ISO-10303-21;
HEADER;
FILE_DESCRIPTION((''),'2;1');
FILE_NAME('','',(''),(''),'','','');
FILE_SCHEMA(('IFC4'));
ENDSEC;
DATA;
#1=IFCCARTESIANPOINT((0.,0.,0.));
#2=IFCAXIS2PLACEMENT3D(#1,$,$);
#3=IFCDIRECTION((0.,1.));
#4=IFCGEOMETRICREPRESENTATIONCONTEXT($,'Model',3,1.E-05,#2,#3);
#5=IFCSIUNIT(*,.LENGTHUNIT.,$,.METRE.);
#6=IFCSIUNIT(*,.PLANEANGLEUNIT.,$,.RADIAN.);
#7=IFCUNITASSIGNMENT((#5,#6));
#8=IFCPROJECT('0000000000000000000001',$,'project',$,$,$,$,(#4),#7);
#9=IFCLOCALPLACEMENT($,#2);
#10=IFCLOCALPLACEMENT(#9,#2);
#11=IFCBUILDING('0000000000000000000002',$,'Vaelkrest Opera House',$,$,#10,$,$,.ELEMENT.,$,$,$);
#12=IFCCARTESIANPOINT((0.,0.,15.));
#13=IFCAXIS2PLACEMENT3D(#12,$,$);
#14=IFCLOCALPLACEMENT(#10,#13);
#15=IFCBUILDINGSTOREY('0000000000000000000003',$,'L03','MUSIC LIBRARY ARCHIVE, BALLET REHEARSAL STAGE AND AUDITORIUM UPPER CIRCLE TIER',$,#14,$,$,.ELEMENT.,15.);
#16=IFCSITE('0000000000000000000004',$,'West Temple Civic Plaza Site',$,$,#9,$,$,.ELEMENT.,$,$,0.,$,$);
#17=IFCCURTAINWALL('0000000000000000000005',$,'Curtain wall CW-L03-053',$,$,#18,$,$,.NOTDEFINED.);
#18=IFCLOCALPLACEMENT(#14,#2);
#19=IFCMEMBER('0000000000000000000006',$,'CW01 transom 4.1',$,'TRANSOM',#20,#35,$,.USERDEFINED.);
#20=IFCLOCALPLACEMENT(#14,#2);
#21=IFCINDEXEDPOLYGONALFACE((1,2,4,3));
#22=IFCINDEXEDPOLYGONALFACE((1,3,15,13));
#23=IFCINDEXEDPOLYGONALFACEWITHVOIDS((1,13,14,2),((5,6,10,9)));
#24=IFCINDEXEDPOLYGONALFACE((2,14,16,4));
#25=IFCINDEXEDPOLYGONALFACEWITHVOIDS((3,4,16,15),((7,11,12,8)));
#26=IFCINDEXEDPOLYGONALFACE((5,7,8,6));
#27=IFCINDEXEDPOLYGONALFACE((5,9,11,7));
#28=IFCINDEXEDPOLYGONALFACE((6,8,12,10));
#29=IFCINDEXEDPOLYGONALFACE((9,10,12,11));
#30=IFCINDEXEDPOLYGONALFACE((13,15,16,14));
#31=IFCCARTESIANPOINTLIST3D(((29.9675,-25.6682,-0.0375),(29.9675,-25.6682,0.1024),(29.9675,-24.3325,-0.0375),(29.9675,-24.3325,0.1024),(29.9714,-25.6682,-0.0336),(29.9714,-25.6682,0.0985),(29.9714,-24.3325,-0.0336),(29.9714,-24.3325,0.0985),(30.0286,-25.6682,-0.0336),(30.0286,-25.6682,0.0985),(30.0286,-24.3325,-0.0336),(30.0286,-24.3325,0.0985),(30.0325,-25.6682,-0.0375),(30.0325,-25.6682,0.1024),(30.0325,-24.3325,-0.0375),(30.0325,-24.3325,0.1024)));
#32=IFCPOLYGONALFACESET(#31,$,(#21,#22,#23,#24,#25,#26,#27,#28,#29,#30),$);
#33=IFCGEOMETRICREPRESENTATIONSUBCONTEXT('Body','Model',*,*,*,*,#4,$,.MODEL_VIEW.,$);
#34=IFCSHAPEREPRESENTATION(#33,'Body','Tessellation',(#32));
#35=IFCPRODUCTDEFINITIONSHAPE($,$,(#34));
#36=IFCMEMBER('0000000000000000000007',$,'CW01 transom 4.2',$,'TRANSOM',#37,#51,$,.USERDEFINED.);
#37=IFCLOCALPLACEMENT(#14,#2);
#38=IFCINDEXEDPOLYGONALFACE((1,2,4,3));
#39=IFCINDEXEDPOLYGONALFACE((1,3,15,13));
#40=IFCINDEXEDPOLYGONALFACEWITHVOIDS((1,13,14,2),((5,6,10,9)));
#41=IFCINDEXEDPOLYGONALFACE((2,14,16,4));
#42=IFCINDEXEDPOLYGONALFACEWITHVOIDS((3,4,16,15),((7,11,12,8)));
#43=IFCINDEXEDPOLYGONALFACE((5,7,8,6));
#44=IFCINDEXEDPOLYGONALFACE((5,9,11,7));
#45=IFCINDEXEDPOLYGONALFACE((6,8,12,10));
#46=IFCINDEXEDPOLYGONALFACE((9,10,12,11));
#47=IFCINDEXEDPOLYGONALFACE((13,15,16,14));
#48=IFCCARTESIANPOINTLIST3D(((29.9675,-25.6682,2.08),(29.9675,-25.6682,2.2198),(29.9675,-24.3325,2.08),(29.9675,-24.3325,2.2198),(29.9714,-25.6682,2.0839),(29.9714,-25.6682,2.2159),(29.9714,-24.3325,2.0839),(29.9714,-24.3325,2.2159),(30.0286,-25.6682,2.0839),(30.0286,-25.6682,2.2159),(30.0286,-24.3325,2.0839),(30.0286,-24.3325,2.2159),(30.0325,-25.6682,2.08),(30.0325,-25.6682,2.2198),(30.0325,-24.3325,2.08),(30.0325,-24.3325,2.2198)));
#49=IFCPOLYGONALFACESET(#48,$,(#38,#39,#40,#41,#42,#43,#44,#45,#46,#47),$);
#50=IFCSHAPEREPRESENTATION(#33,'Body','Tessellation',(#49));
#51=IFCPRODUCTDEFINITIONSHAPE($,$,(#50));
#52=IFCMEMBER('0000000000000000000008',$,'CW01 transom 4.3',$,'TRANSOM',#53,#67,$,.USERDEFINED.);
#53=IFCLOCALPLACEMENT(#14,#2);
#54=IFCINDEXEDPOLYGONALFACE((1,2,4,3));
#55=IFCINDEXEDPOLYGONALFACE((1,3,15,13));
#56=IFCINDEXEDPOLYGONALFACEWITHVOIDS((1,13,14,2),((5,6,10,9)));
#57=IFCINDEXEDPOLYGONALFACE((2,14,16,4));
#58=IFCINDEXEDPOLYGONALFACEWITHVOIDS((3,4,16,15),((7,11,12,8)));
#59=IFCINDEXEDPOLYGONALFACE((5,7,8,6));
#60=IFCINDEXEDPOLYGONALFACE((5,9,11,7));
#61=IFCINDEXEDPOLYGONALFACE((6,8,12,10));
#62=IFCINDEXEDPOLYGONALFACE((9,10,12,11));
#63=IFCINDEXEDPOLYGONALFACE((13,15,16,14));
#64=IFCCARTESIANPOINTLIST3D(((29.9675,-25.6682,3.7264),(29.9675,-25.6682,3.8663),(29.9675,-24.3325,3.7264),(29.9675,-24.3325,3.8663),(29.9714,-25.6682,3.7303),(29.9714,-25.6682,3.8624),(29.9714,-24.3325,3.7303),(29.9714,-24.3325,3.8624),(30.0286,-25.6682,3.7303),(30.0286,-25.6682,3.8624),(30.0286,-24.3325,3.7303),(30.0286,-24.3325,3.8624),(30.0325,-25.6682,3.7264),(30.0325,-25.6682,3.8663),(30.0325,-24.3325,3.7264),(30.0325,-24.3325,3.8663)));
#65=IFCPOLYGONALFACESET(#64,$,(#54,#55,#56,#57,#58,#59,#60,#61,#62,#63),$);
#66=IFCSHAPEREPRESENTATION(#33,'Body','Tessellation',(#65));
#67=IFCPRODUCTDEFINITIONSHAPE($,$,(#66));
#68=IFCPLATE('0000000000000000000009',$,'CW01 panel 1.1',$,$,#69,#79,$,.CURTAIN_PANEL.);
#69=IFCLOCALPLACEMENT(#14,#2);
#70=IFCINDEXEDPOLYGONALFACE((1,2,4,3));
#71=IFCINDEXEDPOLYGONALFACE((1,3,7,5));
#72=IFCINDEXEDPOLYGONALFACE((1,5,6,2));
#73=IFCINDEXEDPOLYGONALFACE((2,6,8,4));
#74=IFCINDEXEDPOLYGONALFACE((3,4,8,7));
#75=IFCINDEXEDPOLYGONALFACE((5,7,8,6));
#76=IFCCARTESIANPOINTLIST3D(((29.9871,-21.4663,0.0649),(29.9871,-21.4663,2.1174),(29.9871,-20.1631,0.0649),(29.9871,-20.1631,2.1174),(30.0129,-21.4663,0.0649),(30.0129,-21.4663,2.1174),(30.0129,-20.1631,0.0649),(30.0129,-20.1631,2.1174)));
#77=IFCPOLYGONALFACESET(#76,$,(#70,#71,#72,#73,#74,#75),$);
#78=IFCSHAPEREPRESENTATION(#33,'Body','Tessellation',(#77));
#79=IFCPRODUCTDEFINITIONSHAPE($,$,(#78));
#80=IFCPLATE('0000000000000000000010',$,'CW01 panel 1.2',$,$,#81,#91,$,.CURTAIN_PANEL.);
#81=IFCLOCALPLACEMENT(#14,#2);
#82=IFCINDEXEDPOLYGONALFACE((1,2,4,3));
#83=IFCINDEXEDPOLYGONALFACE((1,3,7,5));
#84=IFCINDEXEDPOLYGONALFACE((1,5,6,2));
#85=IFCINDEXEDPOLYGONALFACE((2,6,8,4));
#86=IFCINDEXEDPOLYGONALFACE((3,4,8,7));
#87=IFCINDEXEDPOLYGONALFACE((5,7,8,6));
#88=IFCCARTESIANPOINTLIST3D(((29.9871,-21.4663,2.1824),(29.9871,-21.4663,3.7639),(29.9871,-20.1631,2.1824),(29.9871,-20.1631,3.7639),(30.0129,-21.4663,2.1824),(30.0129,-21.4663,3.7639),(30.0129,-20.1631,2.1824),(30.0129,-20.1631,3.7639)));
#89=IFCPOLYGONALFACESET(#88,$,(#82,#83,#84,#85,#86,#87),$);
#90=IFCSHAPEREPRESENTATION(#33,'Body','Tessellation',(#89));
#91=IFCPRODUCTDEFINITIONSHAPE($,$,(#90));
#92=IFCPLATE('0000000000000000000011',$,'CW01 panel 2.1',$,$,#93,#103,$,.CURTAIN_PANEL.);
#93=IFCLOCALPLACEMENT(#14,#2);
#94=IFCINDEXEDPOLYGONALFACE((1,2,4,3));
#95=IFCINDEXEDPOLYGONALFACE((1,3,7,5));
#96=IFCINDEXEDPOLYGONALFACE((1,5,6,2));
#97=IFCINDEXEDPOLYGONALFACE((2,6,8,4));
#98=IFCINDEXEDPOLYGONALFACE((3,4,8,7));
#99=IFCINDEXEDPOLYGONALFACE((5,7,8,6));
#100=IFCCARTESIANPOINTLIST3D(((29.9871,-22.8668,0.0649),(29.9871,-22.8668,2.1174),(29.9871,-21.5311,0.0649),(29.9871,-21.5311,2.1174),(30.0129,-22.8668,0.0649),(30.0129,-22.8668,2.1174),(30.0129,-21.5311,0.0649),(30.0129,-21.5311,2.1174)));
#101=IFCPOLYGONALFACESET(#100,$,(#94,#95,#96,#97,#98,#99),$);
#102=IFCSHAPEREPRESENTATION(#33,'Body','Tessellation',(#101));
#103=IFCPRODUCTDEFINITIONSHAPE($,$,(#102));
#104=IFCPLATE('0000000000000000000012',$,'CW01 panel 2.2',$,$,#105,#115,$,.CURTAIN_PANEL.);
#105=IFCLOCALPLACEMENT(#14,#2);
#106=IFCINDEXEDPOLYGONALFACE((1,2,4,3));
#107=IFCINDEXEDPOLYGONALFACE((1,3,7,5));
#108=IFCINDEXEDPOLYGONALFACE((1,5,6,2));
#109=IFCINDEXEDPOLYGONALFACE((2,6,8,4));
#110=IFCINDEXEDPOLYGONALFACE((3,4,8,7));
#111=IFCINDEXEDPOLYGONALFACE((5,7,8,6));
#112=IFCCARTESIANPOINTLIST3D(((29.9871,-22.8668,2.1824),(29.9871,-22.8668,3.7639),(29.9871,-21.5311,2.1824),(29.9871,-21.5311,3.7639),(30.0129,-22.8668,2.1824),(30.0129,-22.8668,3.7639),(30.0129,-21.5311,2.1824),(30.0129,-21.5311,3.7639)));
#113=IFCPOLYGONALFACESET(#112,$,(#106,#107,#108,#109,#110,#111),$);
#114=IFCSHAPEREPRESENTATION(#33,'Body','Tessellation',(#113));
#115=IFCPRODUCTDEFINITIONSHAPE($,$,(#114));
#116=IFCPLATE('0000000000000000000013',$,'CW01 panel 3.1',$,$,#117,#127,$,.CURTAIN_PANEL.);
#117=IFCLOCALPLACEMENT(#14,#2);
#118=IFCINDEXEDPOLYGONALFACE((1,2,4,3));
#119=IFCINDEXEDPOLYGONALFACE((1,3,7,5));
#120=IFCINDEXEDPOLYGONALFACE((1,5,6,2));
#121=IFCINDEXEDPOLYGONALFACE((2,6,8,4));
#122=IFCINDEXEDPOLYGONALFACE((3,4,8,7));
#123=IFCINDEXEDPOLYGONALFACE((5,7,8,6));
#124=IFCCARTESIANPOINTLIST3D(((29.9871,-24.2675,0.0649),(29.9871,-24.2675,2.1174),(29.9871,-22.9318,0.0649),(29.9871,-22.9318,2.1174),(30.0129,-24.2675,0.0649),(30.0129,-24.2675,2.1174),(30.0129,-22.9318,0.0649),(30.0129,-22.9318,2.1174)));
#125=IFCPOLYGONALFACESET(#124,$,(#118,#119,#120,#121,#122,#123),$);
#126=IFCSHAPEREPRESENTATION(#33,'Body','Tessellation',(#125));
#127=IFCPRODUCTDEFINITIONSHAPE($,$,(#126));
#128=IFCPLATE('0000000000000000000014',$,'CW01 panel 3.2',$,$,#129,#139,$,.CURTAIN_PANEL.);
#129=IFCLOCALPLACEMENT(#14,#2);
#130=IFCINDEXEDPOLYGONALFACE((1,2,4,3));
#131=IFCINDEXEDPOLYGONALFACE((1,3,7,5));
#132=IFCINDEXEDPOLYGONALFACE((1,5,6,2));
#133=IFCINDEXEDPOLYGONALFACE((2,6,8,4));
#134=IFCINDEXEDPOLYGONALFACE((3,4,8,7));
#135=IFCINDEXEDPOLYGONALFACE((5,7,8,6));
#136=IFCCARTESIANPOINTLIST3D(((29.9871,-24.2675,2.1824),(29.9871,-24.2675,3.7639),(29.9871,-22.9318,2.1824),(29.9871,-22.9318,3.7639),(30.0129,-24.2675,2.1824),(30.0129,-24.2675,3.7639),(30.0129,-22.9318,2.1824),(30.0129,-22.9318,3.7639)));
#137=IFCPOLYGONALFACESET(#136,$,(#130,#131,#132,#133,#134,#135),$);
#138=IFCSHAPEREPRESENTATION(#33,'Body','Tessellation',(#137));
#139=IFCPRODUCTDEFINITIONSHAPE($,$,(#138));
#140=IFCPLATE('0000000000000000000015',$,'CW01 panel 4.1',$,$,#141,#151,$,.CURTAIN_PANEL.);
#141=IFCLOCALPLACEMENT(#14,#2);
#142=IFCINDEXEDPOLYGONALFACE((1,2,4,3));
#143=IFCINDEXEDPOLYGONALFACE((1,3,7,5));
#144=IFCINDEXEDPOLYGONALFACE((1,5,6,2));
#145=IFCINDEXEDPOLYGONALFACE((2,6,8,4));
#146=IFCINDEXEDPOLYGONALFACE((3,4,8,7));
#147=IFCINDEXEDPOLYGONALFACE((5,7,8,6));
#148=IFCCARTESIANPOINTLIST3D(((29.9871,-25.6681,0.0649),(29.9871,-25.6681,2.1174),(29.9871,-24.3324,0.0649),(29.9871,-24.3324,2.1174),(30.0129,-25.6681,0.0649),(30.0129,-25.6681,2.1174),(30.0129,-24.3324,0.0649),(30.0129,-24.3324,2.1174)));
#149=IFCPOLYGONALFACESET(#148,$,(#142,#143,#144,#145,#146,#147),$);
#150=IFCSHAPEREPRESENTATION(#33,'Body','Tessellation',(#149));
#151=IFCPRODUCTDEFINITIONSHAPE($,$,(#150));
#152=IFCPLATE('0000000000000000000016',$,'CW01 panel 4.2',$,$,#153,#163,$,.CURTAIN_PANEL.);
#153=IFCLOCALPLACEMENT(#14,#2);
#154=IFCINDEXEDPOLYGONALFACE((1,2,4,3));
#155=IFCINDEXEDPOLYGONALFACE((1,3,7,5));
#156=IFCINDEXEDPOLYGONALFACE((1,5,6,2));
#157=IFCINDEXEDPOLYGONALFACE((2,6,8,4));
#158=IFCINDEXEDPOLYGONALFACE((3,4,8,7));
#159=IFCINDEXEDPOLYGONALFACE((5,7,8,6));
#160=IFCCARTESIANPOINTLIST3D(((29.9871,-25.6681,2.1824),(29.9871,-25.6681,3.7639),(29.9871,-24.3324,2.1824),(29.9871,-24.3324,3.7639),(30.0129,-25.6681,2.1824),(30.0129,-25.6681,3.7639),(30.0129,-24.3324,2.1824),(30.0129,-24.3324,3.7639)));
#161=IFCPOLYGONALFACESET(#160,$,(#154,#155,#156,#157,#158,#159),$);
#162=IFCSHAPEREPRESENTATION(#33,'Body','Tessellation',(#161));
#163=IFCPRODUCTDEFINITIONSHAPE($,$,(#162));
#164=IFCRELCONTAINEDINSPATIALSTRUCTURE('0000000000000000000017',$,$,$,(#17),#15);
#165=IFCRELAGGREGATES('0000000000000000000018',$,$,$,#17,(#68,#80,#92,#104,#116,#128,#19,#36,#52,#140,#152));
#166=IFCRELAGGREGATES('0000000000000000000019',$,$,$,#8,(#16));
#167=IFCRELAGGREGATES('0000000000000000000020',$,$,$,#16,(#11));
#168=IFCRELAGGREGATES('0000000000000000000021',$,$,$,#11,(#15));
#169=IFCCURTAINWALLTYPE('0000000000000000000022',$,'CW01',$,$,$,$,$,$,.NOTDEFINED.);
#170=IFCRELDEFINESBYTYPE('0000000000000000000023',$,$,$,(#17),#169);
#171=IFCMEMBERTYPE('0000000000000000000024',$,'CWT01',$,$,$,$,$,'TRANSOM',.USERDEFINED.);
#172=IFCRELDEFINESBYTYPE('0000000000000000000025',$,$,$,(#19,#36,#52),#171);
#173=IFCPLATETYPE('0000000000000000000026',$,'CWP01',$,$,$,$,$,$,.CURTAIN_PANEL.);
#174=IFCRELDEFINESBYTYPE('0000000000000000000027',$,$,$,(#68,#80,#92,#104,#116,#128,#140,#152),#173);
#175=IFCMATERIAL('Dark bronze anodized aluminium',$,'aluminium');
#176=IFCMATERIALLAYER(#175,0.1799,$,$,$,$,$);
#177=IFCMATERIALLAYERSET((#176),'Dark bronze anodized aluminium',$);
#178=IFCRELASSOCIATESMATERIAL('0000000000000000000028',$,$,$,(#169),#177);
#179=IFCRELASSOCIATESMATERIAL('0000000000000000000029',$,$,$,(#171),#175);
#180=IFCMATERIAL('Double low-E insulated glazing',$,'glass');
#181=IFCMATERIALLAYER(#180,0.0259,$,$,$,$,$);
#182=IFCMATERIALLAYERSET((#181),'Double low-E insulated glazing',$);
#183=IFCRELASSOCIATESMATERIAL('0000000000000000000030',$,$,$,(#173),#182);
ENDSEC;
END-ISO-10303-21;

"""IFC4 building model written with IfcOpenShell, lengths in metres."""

from ifc_helpers import new_model, si_unit, direction, frame, origin, origin_2d, place, context, subcontext, project, spatial, rectangle, hollow_rectangle, extrude, material, layer, layer_set, material_profile, profile_set, type_object, element, aggregate, save


model = new_model("IFC4")

# Units and contexts
model_context = context("Model", 3, precision=1e-05, world=origin(), true_north=direction((0.0, 1.0)))
body_context = subcontext(model_context, "Body", "Model", "MODEL_VIEW")
ifc_project = project(units=[si_unit("LENGTHUNIT", "METRE"), si_unit("PLANEANGLEUNIT", "RADIAN")], contexts=[model_context])

# Site, building, storey
site_placement = place(None, origin())
site = spatial("IfcSite", under=ifc_project, at=site_placement, Name="West Temple Civic Plaza Site", CompositionType="ELEMENT", RefElevation=0.0)
building_placement = place(site_placement, origin())
building = spatial("IfcBuilding", under=site, at=building_placement, Name="Vaelkrest Opera House", CompositionType="ELEMENT")
storey_placement = place(building_placement, frame((0.0, 0.0, 15.0)))
storey = spatial("IfcBuildingStorey", under=building, at=storey_placement, Name="L03", Description="MUSIC LIBRARY ARCHIVE, BALLET REHEARSAL STAGE AND AUDITORIUM UPPER CIRCLE TIER", CompositionType="ELEMENT", Elevation=15.0)

# Curtain wall, members, plates
ifc_material_1 = material(Name="Dark bronze anodized aluminium", Category="aluminium")
ifc_layer_1 = layer(ifc_material_1, 0.1799)
ifc_layer_set_1 = layer_set([ifc_layer_1], Name="Dark bronze anodized aluminium")
curtain_wall_type = type_object("IfcCurtainWallType", Name="CW01", PredefinedType="NOTDEFINED", material=ifc_layer_set_1)
curtain_wall_placement = place(storey_placement, origin())
curtain_wall = element("IfcCurtainWall", 1, at=curtain_wall_placement, inside=storey, type_object=curtain_wall_type, Name="Curtain wall CW-L03-053", PredefinedType="NOTDEFINED")
ifc_material_profile_1 = material_profile(ifc_material_1, hollow_rectangle(XDim=0.0649, YDim=0.1399, WallThickness=0.0039, at=origin_2d()), Name="CWT65X140")
ifc_profile_set_1 = profile_set([ifc_material_profile_1], Name="Dark bronze anodized aluminium")
member_type_1 = type_object("IfcMemberType", Name="CWT01", ElementType="TRANSOM", PredefinedType="USERDEFINED", material=ifc_profile_set_1)
member_1_placement = place(storey_placement, frame((30.0, -24.3325, 0.0325), z_axis=(0.0, -1.0, 0.0), x_axis=(1.0, 0.0, 0.0)))
member_1 = element("IfcMember", 2, at=member_1_placement, type_object=member_type_1, Name="CW01 transom 4.1", ObjectType="TRANSOM", PredefinedType="USERDEFINED", context=body_context, shape_type="SweptSolid", body=[
    extrude(hollow_rectangle(XDim=0.0649, YDim=0.1399, WallThickness=0.0039, at=origin_2d()), origin(), (0.0, 0.0, 1.0), 1.3357),
])
member_2_placement = place(storey_placement, frame((30.0, -24.3325, 2.1499), z_axis=(0.0, -1.0, 0.0), x_axis=(1.0, 0.0, 0.0)))
member_2 = element("IfcMember", 3, at=member_2_placement, type_object=member_type_1, Name="CW01 transom 4.2", ObjectType="TRANSOM", PredefinedType="USERDEFINED", context=body_context, shape_type="SweptSolid", body=[
    extrude(hollow_rectangle(XDim=0.0649, YDim=0.1399, WallThickness=0.0039, at=origin_2d()), origin(), (0.0, 0.0, 1.0), 1.3357),
])
member_3_placement = place(storey_placement, frame((30.0, -24.3325, 3.7964), z_axis=(0.0, -1.0, 0.0), x_axis=(1.0, 0.0, 0.0)))
member_3 = element("IfcMember", 4, at=member_3_placement, type_object=member_type_1, Name="CW01 transom 4.3", ObjectType="TRANSOM", PredefinedType="USERDEFINED", context=body_context, shape_type="SweptSolid", body=[
    extrude(hollow_rectangle(XDim=0.0649, YDim=0.1399, WallThickness=0.0039, at=origin_2d()), origin(), (0.0, 0.0, 1.0), 1.3357),
])
ifc_material_2 = material(Name="Double low-E insulated glazing", Category="glass")
ifc_layer_2 = layer(ifc_material_2, 0.0259)
ifc_layer_set_2 = layer_set([ifc_layer_2], Name="Double low-E insulated glazing")
plate_type = type_object("IfcPlateType", Name="CWP01", PredefinedType="CURTAIN_PANEL", material=ifc_layer_set_2)
plate_1_placement = place(storey_placement, frame((30.0, -20.8147, 0.0649), z_axis=(0.0, 0.0, 1.0), x_axis=(0.0, -1.0, 0.0)))
plate_1 = element("IfcPlate", 5, at=plate_1_placement, type_object=plate_type, Name="CW01 panel 1.1", PredefinedType="CURTAIN_PANEL", context=body_context, shape_type="SweptSolid", body=[
    extrude(rectangle(XDim=1.3032, YDim=0.0259, at=origin_2d()), origin(), (0.0, 0.0, 1.0), 2.0525),
])
plate_2_placement = place(storey_placement, frame((30.0, -20.8147, 2.1824), z_axis=(0.0, 0.0, 1.0), x_axis=(0.0, -1.0, 0.0)))
plate_2 = element("IfcPlate", 6, at=plate_2_placement, type_object=plate_type, Name="CW01 panel 1.2", PredefinedType="CURTAIN_PANEL", context=body_context, shape_type="SweptSolid", body=[
    extrude(rectangle(XDim=1.3032, YDim=0.0259, at=origin_2d()), origin(), (0.0, 0.0, 1.0), 1.5815),
])
plate_3_placement = place(storey_placement, frame((30.0, -22.199, 0.0649), z_axis=(0.0, 0.0, 1.0), x_axis=(0.0, -1.0, 0.0)))
plate_3 = element("IfcPlate", 7, at=plate_3_placement, type_object=plate_type, Name="CW01 panel 2.1", PredefinedType="CURTAIN_PANEL", context=body_context, shape_type="SweptSolid", body=[
    extrude(rectangle(XDim=1.3357, YDim=0.0259, at=origin_2d()), origin(), (0.0, 0.0, 1.0), 2.0525),
])
plate_4_placement = place(storey_placement, frame((30.0, -22.199, 2.1824), z_axis=(0.0, 0.0, 1.0), x_axis=(0.0, -1.0, 0.0)))
plate_4 = element("IfcPlate", 8, at=plate_4_placement, type_object=plate_type, Name="CW01 panel 2.2", PredefinedType="CURTAIN_PANEL", context=body_context, shape_type="SweptSolid", body=[
    extrude(rectangle(XDim=1.3357, YDim=0.0259, at=origin_2d()), origin(), (0.0, 0.0, 1.0), 1.5815),
])
plate_5_placement = place(storey_placement, frame((30.0, -23.5996, 0.0649), z_axis=(0.0, 0.0, 1.0), x_axis=(0.0, -1.0, 0.0)))
plate_5 = element("IfcPlate", 9, at=plate_5_placement, type_object=plate_type, Name="CW01 panel 3.1", PredefinedType="CURTAIN_PANEL", context=body_context, shape_type="SweptSolid", body=[
    extrude(rectangle(XDim=1.3357, YDim=0.0259, at=origin_2d()), origin(), (0.0, 0.0, 1.0), 2.0525),
])
plate_6_placement = place(storey_placement, frame((30.0, -23.5996, 2.1824), z_axis=(0.0, 0.0, 1.0), x_axis=(0.0, -1.0, 0.0)))
plate_6 = element("IfcPlate", 10, at=plate_6_placement, type_object=plate_type, Name="CW01 panel 3.2", PredefinedType="CURTAIN_PANEL", context=body_context, shape_type="SweptSolid", body=[
    extrude(rectangle(XDim=1.3357, YDim=0.0259, at=origin_2d()), origin(), (0.0, 0.0, 1.0), 1.5815),
])
plate_7_placement = place(storey_placement, frame((30.0, -25.0002, 0.0649), z_axis=(0.0, 0.0, 1.0), x_axis=(0.0, -1.0, 0.0)))
plate_7 = element("IfcPlate", 11, at=plate_7_placement, type_object=plate_type, Name="CW01 panel 4.1", PredefinedType="CURTAIN_PANEL", context=body_context, shape_type="SweptSolid", body=[
    extrude(rectangle(XDim=1.3357, YDim=0.0259, at=origin_2d()), origin(), (0.0, 0.0, 1.0), 2.0525),
])
plate_8_placement = place(storey_placement, frame((30.0, -25.0002, 2.1824), z_axis=(0.0, 0.0, 1.0), x_axis=(0.0, -1.0, 0.0)))
plate_8 = element("IfcPlate", 12, at=plate_8_placement, type_object=plate_type, Name="CW01 panel 4.2", PredefinedType="CURTAIN_PANEL", context=body_context, shape_type="SweptSolid", body=[
    extrude(rectangle(XDim=1.3357, YDim=0.0259, at=origin_2d()), origin(), (0.0, 0.0, 1.0), 1.5815),
])
aggregate(curtain_wall, [plate_1, plate_2, plate_3, plate_4, plate_5, plate_6, member_1, member_2, member_3, plate_7, plate_8])

save(model, "model.ifc")
